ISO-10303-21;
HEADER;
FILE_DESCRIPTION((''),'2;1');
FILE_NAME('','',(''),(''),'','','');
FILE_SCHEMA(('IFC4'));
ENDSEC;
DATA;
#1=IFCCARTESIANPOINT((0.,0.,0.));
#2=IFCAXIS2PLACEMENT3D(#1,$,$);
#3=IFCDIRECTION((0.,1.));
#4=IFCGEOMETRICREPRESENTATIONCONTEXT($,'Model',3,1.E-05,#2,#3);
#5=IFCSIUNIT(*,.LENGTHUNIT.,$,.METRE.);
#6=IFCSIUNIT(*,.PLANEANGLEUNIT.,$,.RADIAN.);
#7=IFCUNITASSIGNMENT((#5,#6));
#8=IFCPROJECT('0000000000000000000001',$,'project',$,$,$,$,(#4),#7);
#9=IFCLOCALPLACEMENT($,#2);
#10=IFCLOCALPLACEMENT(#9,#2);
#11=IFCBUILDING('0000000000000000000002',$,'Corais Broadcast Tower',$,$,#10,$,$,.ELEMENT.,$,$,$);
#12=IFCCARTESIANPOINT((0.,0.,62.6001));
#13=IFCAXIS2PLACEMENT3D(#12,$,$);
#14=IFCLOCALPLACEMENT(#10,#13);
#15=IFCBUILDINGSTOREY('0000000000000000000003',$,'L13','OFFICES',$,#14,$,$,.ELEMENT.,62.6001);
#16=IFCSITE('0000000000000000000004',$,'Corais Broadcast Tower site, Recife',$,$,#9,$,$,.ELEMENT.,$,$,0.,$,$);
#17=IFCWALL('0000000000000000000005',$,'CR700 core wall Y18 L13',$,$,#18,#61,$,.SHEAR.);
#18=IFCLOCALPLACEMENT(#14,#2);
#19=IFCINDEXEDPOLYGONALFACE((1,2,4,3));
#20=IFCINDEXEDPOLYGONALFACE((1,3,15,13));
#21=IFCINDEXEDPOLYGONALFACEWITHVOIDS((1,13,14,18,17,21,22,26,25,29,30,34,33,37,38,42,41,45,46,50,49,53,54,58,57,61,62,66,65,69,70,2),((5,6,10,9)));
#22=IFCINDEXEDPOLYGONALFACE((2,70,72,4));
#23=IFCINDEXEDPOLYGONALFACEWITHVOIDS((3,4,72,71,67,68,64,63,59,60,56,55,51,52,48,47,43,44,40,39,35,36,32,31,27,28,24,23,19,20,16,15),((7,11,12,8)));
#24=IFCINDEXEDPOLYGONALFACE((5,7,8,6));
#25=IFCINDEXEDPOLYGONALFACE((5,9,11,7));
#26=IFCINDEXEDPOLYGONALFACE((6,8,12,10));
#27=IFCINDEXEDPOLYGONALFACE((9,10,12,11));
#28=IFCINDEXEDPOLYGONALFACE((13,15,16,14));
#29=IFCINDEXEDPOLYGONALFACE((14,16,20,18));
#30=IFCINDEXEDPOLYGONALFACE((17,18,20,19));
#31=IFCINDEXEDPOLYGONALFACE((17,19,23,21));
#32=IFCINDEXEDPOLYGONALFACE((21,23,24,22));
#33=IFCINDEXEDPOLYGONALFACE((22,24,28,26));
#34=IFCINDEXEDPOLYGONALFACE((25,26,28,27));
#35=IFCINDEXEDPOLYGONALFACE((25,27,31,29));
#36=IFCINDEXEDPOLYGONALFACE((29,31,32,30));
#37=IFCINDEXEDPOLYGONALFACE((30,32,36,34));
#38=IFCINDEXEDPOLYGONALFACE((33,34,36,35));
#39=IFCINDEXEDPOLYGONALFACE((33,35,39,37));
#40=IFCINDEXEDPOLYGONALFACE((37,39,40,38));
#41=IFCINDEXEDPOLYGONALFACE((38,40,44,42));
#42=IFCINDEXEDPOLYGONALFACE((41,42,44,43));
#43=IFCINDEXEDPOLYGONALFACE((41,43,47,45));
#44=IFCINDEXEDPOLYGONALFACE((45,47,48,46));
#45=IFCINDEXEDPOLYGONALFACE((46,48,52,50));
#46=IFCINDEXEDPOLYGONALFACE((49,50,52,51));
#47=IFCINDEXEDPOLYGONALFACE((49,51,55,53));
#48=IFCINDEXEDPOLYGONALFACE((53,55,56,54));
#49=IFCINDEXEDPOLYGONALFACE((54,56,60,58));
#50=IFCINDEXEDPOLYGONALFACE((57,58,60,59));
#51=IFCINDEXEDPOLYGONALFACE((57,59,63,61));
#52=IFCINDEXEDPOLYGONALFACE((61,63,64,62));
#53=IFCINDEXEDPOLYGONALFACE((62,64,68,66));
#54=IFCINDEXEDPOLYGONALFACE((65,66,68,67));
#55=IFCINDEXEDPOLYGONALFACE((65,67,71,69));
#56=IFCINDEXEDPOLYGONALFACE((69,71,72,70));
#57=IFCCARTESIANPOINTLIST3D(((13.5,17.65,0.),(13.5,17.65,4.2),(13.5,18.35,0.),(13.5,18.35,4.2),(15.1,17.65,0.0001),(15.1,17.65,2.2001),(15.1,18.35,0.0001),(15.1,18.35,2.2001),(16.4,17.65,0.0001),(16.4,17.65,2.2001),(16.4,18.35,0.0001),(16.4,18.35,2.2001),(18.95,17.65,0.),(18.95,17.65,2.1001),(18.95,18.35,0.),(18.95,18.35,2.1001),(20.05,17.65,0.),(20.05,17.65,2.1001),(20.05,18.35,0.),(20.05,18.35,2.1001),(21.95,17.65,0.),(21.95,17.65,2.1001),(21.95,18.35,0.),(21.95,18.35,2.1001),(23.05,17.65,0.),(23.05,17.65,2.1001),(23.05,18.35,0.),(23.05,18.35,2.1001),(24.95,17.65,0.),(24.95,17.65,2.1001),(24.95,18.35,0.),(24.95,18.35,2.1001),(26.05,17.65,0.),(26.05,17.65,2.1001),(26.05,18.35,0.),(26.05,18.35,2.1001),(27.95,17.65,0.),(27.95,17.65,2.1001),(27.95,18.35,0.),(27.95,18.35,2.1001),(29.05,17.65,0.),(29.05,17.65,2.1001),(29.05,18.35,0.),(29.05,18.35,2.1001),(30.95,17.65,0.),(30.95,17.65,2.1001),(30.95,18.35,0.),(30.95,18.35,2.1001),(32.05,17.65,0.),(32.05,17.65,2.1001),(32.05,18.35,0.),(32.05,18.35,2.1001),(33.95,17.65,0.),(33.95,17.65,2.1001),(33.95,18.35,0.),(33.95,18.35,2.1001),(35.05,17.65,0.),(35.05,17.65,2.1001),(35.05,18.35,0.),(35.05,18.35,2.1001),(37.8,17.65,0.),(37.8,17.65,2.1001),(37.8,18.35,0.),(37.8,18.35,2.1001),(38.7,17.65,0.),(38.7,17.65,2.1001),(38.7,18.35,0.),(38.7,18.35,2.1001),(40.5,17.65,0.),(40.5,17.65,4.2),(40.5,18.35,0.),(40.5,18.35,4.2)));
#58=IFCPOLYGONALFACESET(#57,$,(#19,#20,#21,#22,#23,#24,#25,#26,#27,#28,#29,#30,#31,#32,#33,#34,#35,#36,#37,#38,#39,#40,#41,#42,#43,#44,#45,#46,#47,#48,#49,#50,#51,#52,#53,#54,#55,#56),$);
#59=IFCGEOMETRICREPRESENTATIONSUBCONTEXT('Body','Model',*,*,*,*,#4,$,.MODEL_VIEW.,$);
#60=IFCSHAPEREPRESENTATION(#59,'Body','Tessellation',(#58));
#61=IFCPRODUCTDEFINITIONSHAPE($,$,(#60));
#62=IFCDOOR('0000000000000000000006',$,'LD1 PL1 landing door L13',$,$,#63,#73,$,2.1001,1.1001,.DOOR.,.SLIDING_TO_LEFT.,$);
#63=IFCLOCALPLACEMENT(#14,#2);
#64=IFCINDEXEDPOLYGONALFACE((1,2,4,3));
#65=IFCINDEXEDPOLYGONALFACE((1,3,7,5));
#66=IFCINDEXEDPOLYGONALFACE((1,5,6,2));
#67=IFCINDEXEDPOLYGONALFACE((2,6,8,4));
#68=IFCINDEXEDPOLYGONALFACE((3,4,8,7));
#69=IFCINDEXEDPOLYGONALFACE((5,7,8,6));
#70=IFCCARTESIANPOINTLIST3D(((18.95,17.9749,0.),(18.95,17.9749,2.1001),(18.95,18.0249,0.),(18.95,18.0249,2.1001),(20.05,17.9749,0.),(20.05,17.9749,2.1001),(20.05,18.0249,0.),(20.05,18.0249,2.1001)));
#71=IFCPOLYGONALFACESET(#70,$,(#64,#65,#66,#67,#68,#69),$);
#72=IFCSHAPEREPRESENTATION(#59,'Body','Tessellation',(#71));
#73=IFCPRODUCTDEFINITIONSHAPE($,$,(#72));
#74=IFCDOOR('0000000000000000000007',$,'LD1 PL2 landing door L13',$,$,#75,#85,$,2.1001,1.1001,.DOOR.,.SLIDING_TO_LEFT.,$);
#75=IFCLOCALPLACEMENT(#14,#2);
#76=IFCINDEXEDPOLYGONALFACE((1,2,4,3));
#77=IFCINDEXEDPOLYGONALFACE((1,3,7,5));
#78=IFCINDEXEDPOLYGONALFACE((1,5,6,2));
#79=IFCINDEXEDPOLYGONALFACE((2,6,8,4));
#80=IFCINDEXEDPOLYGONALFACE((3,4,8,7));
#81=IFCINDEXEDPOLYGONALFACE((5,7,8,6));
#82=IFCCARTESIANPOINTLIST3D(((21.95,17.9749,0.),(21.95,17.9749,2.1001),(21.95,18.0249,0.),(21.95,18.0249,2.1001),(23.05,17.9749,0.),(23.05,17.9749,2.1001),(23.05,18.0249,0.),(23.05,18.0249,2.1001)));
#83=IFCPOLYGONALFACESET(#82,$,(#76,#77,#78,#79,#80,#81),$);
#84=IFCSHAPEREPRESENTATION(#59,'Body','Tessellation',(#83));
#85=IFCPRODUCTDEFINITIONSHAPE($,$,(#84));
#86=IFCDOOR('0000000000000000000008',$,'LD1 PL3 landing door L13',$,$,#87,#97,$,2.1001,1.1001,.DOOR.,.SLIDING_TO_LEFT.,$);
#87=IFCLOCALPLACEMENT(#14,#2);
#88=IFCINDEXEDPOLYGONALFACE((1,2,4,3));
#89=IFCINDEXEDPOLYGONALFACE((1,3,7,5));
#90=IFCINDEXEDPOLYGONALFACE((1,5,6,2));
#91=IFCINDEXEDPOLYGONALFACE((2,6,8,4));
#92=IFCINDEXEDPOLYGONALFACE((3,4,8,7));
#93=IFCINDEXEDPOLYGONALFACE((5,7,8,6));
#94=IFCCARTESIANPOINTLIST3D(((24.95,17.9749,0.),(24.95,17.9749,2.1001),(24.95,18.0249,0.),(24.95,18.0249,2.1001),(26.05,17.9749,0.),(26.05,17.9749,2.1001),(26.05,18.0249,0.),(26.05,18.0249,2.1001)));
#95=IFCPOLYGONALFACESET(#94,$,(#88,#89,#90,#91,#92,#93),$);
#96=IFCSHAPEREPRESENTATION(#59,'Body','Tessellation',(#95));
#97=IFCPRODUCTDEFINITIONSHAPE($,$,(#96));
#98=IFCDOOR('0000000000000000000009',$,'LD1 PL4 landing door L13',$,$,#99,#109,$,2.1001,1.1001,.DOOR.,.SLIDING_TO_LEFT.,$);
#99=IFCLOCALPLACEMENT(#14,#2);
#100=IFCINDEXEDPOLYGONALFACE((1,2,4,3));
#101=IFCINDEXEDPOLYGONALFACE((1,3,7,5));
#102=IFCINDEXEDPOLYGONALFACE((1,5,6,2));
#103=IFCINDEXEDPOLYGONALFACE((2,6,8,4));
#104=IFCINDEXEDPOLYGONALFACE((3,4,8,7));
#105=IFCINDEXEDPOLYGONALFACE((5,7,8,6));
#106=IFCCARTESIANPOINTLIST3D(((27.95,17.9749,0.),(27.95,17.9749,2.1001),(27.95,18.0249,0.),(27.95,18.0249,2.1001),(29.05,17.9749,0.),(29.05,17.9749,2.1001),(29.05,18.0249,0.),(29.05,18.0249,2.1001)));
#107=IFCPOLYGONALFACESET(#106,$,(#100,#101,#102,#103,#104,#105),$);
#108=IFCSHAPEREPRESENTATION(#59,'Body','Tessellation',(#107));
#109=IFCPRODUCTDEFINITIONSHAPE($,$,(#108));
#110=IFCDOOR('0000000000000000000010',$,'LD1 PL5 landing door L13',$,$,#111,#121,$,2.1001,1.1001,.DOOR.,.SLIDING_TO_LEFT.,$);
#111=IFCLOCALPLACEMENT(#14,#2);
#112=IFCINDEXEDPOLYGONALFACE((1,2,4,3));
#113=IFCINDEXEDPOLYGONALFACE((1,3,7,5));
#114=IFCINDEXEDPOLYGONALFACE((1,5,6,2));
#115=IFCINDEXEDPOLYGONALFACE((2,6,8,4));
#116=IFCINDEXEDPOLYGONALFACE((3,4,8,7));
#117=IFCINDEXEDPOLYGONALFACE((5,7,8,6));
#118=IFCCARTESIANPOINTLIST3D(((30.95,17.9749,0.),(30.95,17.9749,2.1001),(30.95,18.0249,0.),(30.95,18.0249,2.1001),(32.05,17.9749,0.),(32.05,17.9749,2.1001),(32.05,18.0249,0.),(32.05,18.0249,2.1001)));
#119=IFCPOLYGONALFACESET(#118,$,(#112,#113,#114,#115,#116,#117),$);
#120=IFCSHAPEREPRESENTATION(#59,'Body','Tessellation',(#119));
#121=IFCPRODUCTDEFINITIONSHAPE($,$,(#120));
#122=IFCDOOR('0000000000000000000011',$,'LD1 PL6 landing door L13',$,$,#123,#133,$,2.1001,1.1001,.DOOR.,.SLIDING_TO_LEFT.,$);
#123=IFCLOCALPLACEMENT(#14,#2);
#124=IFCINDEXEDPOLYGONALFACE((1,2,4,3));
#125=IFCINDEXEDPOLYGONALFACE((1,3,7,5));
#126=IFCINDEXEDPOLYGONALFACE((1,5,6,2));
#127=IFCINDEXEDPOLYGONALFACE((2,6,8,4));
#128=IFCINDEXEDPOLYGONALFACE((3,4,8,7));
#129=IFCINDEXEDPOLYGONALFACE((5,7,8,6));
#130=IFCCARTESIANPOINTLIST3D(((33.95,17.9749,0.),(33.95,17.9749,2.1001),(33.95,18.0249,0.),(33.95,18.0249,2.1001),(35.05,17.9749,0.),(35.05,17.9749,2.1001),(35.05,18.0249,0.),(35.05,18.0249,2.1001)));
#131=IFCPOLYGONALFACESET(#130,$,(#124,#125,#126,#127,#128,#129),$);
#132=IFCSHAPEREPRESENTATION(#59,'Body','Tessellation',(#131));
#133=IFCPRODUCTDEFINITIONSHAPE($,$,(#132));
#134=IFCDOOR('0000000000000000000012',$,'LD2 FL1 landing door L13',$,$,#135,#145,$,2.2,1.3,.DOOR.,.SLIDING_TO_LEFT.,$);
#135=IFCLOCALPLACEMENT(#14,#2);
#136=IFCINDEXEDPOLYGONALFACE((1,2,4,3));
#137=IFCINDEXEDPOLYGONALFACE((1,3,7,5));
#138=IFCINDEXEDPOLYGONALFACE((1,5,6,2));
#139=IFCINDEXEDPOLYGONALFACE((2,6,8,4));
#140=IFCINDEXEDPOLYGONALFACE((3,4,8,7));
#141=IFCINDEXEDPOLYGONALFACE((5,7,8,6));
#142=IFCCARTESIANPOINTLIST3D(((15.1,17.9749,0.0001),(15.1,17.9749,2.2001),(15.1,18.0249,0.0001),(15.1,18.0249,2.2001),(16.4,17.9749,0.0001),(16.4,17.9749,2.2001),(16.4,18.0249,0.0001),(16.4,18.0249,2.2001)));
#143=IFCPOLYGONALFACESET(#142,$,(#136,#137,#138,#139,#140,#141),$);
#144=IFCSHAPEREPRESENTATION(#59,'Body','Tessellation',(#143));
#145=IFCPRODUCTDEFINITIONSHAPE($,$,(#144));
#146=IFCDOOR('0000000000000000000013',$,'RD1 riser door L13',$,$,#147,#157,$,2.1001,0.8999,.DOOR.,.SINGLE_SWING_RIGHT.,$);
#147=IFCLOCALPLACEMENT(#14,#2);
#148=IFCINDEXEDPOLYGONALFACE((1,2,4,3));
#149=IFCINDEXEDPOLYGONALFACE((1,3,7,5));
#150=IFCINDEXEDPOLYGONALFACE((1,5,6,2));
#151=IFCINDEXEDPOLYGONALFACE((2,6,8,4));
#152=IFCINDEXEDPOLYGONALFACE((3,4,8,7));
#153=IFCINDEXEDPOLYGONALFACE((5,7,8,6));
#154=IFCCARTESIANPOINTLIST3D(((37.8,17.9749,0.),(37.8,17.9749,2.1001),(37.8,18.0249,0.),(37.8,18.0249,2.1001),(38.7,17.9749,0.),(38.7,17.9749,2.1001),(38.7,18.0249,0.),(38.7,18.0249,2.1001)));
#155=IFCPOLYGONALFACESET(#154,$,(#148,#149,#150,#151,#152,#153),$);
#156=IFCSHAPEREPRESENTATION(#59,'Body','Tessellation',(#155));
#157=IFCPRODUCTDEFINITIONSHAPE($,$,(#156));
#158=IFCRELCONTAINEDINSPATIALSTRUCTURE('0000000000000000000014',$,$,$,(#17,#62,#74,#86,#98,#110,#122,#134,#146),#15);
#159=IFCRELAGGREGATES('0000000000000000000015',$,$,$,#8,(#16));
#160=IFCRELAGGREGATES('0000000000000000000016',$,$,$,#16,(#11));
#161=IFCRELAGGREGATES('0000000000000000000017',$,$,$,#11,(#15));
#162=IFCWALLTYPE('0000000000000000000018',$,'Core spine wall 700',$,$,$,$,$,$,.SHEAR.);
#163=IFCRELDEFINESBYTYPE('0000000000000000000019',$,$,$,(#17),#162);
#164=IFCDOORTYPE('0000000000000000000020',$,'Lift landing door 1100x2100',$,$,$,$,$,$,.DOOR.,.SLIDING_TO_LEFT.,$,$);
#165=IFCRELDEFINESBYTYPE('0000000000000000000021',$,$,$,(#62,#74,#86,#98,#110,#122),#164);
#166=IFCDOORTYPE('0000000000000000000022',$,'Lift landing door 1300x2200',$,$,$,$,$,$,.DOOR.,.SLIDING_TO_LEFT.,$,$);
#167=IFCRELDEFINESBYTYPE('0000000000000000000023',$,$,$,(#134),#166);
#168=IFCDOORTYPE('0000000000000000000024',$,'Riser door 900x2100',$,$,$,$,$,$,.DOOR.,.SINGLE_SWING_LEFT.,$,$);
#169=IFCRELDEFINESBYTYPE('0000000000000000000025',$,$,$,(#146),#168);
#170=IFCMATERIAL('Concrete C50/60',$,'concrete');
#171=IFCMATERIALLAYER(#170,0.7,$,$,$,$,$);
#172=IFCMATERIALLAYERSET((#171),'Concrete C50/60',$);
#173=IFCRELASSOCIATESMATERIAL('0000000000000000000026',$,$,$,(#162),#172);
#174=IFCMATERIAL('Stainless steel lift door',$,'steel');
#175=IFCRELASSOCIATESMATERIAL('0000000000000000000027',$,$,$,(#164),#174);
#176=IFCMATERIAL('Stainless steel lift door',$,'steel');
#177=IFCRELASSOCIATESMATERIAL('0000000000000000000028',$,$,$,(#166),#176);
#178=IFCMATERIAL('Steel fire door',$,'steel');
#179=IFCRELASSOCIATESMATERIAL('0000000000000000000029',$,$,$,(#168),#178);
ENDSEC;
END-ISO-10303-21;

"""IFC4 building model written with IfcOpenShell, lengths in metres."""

from ifc_helpers import new_model, si_unit, direction, frame, frame_2d, origin, place, context, subcontext, project, spatial, rectangle, extrude, material, layer, layer_set, type_object, element, fill, save


model = new_model("IFC4")

# Units and contexts
model_context = context("Model", 3, precision=1e-05, world=origin(), true_north=direction((0.0, 1.0)))
body_context = subcontext(model_context, "Body", "Model", "MODEL_VIEW")
ifc_project = project(units=[si_unit("LENGTHUNIT", "METRE"), si_unit("PLANEANGLEUNIT", "RADIAN")], contexts=[model_context])

# Site, building, storey
site_placement = place(None, origin())
site = spatial("IfcSite", under=ifc_project, at=site_placement, Name="Corais Broadcast Tower site, Recife", CompositionType="ELEMENT", RefElevation=0.0)
building_placement = place(site_placement, origin())
building = spatial("IfcBuilding", under=site, at=building_placement, Name="Corais Broadcast Tower", CompositionType="ELEMENT")
storey_placement = place(building_placement, frame((0.0, 0.0, 62.6001)))
storey = spatial("IfcBuildingStorey", under=building, at=storey_placement, Name="L13", Description="OFFICES", CompositionType="ELEMENT", Elevation=62.6001)

# Wall, openings, doors
ifc_material_1 = material(Name="Concrete C50/60", Category="concrete")
ifc_layer_1 = layer(ifc_material_1, 0.7)
ifc_layer_set_1 = layer_set([ifc_layer_1], Name="Concrete C50/60")
wall_type_1 = type_object("IfcWallType", Name="Core spine wall 700", PredefinedType="SHEAR", material=ifc_layer_set_1)
wall_1_placement = place(storey_placement, frame((13.5, 18.0, 0.0), z_axis=(0.0, 0.0, 1.0), x_axis=(1.0, 0.0, 0.0)))
wall_1 = element("IfcWall", 1, at=wall_1_placement, inside=storey, type_object=wall_type_1, Name="CR700 core wall Y18 L13", PredefinedType="SHEAR", context=body_context, shape_type="SweptSolid", body=[
    extrude(rectangle(XDim=27.0, YDim=0.7, at=frame_2d((13.5, 0.0))), origin(), (0.0, 0.0, 1.0), 4.2),
])
opening_1_placement = place(wall_1_placement, frame((24.3, 0.0, 0.0)))
opening_1 = element("IfcOpeningElement", 2, at=opening_1_placement, cuts=wall_1, PredefinedType="OPENING", context=body_context, shape_type="SweptSolid", body=[
    extrude(rectangle(XDim=0.8999, YDim=2.1001, at=frame_2d((0.45, 1.05))), frame((0.0, 0.3599, 0.0), z_axis=(0.0, -1.0, 0.0), x_axis=(1.0, 0.0, 0.0)), (0.0, 0.0, 1.0), 0.72),
])
opening_2_placement = place(wall_1_placement, frame((5.45, 0.0, 0.0)))
opening_2 = element("IfcOpeningElement", 3, at=opening_2_placement, cuts=wall_1, PredefinedType="OPENING", context=body_context, shape_type="SweptSolid", body=[
    extrude(rectangle(XDim=1.1001, YDim=2.1001, at=frame_2d((0.55, 1.05))), frame((0.0, 0.3599, 0.0), z_axis=(0.0, -1.0, 0.0), x_axis=(1.0, 0.0, 0.0)), (0.0, 0.0, 1.0), 0.72),
])
opening_3_placement = place(wall_1_placement, frame((8.45, 0.0, 0.0)))
opening_3 = element("IfcOpeningElement", 4, at=opening_3_placement, cuts=wall_1, PredefinedType="OPENING", context=body_context, shape_type="SweptSolid", body=[
    extrude(rectangle(XDim=1.1001, YDim=2.1001, at=frame_2d((0.55, 1.05))), frame((0.0, 0.3599, 0.0), z_axis=(0.0, -1.0, 0.0), x_axis=(1.0, 0.0, 0.0)), (0.0, 0.0, 1.0), 0.72),
])
opening_4_placement = place(wall_1_placement, frame((11.45, 0.0, 0.0)))
opening_4 = element("IfcOpeningElement", 5, at=opening_4_placement, cuts=wall_1, PredefinedType="OPENING", context=body_context, shape_type="SweptSolid", body=[
    extrude(rectangle(XDim=1.1001, YDim=2.1001, at=frame_2d((0.55, 1.05))), frame((0.0, 0.3599, 0.0), z_axis=(0.0, -1.0, 0.0), x_axis=(1.0, 0.0, 0.0)), (0.0, 0.0, 1.0), 0.72),
])
opening_5_placement = place(wall_1_placement, frame((14.45, 0.0, 0.0)))
opening_5 = element("IfcOpeningElement", 6, at=opening_5_placement, cuts=wall_1, PredefinedType="OPENING", context=body_context, shape_type="SweptSolid", body=[
    extrude(rectangle(XDim=1.1001, YDim=2.1001, at=frame_2d((0.55, 1.05))), frame((0.0, 0.3599, 0.0), z_axis=(0.0, -1.0, 0.0), x_axis=(1.0, 0.0, 0.0)), (0.0, 0.0, 1.0), 0.72),
])
opening_6_placement = place(wall_1_placement, frame((17.45, 0.0, 0.0)))
opening_6 = element("IfcOpeningElement", 7, at=opening_6_placement, cuts=wall_1, PredefinedType="OPENING", context=body_context, shape_type="SweptSolid", body=[
    extrude(rectangle(XDim=1.1001, YDim=2.1001, at=frame_2d((0.55, 1.05))), frame((0.0, 0.3599, 0.0), z_axis=(0.0, -1.0, 0.0), x_axis=(1.0, 0.0, 0.0)), (0.0, 0.0, 1.0), 0.72),
])
opening_7_placement = place(wall_1_placement, frame((20.45, 0.0, 0.0)))
opening_7 = element("IfcOpeningElement", 8, at=opening_7_placement, cuts=wall_1, PredefinedType="OPENING", context=body_context, shape_type="SweptSolid", body=[
    extrude(rectangle(XDim=1.1001, YDim=2.1001, at=frame_2d((0.55, 1.05))), frame((0.0, 0.3599, 0.0), z_axis=(0.0, -1.0, 0.0), x_axis=(1.0, 0.0, 0.0)), (0.0, 0.0, 1.0), 0.72),
])
opening_8_placement = place(wall_1_placement, frame((1.6001, 0.0, 0.0)))
opening_8 = element("IfcOpeningElement", 9, at=opening_8_placement, cuts=wall_1, PredefinedType="OPENING", context=body_context, shape_type="SweptSolid", body=[
    extrude(rectangle(XDim=1.3, YDim=2.2, at=frame_2d((0.6499, 1.1001))), frame((0.0, 0.3599, 0.0), z_axis=(0.0, -1.0, 0.0), x_axis=(1.0, 0.0, 0.0)), (0.0, 0.0, 1.0), 0.72),
])
ifc_material_2 = material(Name="Stainless steel lift door", Category="steel")
door_type_1 = type_object("IfcDoorType", Name="Lift landing door 1100x2100", OperationType="SLIDING_TO_LEFT", PredefinedType="DOOR", material=ifc_material_2)
door_1_placement = place(opening_2_placement, origin())
door_1 = element("IfcDoor", 10, at=door_1_placement, inside=storey, type_object=door_type_1, Name="LD1 PL1 landing door L13", OperationType="SLIDING_TO_LEFT", OverallHeight=2.1001, OverallWidth=1.1001, PredefinedType="DOOR", context=body_context, shape_type="SweptSolid", body=[
    extrude(rectangle(XDim=1.1001, YDim=2.1001, at=frame_2d((0.55, 1.05))), frame((0.0, 0.0249, 0.0), z_axis=(0.0, -1.0, 0.0), x_axis=(1.0, 0.0, 0.0)), (0.0, 0.0, 1.0), 0.05),
])
fill(opening_2, door_1)
door_2_placement = place(opening_3_placement, origin())
door_2 = element("IfcDoor", 11, at=door_2_placement, inside=storey, type_object=door_type_1, Name="LD1 PL2 landing door L13", OperationType="SLIDING_TO_LEFT", OverallHeight=2.1001, OverallWidth=1.1001, PredefinedType="DOOR", context=body_context, shape_type="SweptSolid", body=[
    extrude(rectangle(XDim=1.1001, YDim=2.1001, at=frame_2d((0.55, 1.05))), frame((0.0, 0.0249, 0.0), z_axis=(0.0, -1.0, 0.0), x_axis=(1.0, 0.0, 0.0)), (0.0, 0.0, 1.0), 0.05),
])
fill(opening_3, door_2)
door_3_placement = place(opening_4_placement, origin())
door_3 = element("IfcDoor", 12, at=door_3_placement, inside=storey, type_object=door_type_1, Name="LD1 PL3 landing door L13", OperationType="SLIDING_TO_LEFT", OverallHeight=2.1001, OverallWidth=1.1001, PredefinedType="DOOR", context=body_context, shape_type="SweptSolid", body=[
    extrude(rectangle(XDim=1.1001, YDim=2.1001, at=frame_2d((0.55, 1.05))), frame((0.0, 0.0249, 0.0), z_axis=(0.0, -1.0, 0.0), x_axis=(1.0, 0.0, 0.0)), (0.0, 0.0, 1.0), 0.05),
])
fill(opening_4, door_3)
door_4_placement = place(opening_5_placement, origin())
door_4 = element("IfcDoor", 13, at=door_4_placement, inside=storey, type_object=door_type_1, Name="LD1 PL4 landing door L13", OperationType="SLIDING_TO_LEFT", OverallHeight=2.1001, OverallWidth=1.1001, PredefinedType="DOOR", context=body_context, shape_type="SweptSolid", body=[
    extrude(rectangle(XDim=1.1001, YDim=2.1001, at=frame_2d((0.55, 1.05))), frame((0.0, 0.0249, 0.0), z_axis=(0.0, -1.0, 0.0), x_axis=(1.0, 0.0, 0.0)), (0.0, 0.0, 1.0), 0.05),
])
fill(opening_5, door_4)
door_5_placement = place(opening_6_placement, origin())
door_5 = element("IfcDoor", 14, at=door_5_placement, inside=storey, type_object=door_type_1, Name="LD1 PL5 landing door L13", OperationType="SLIDING_TO_LEFT", OverallHeight=2.1001, OverallWidth=1.1001, PredefinedType="DOOR", context=body_context, shape_type="SweptSolid", body=[
    extrude(rectangle(XDim=1.1001, YDim=2.1001, at=frame_2d((0.55, 1.05))), frame((0.0, 0.0249, 0.0), z_axis=(0.0, -1.0, 0.0), x_axis=(1.0, 0.0, 0.0)), (0.0, 0.0, 1.0), 0.05),
])
fill(opening_6, door_5)
door_6_placement = place(opening_7_placement, origin())
door_6 = element("IfcDoor", 15, at=door_6_placement, inside=storey, type_object=door_type_1, Name="LD1 PL6 landing door L13", OperationType="SLIDING_TO_LEFT", OverallHeight=2.1001, OverallWidth=1.1001, PredefinedType="DOOR", context=body_context, shape_type="SweptSolid", body=[
    extrude(rectangle(XDim=1.1001, YDim=2.1001, at=frame_2d((0.55, 1.05))), frame((0.0, 0.0249, 0.0), z_axis=(0.0, -1.0, 0.0), x_axis=(1.0, 0.0, 0.0)), (0.0, 0.0, 1.0), 0.05),
])
fill(opening_7, door_6)
ifc_material_3 = material(Name="Stainless steel lift door", Category="steel")
door_type_2 = type_object("IfcDoorType", Name="Lift landing door 1300x2200", OperationType="SLIDING_TO_LEFT", PredefinedType="DOOR", material=ifc_material_3)
door_7_placement = place(opening_8_placement, origin())
door_7 = element("IfcDoor", 16, at=door_7_placement, inside=storey, type_object=door_type_2, Name="LD2 FL1 landing door L13", OperationType="SLIDING_TO_LEFT", OverallHeight=2.2, OverallWidth=1.3, PredefinedType="DOOR", context=body_context, shape_type="SweptSolid", body=[
    extrude(rectangle(XDim=1.3, YDim=2.2, at=frame_2d((0.6499, 1.1001))), frame((0.0, 0.0249, 0.0), z_axis=(0.0, -1.0, 0.0), x_axis=(1.0, 0.0, 0.0)), (0.0, 0.0, 1.0), 0.05),
])
fill(opening_8, door_7)
ifc_material_4 = material(Name="Steel fire door", Category="steel")
door_type_3 = type_object("IfcDoorType", Name="Riser door 900x2100", OperationType="SINGLE_SWING_LEFT", PredefinedType="DOOR", material=ifc_material_4)
door_8_placement = place(opening_1_placement, origin())
door_8 = element("IfcDoor", 17, at=door_8_placement, inside=storey, type_object=door_type_3, Name="RD1 riser door L13", OperationType="SINGLE_SWING_RIGHT", OverallHeight=2.1001, OverallWidth=0.8999, PredefinedType="DOOR", context=body_context, shape_type="SweptSolid", body=[
    extrude(rectangle(XDim=0.8999, YDim=2.1001, at=frame_2d((0.45, 1.05))), frame((0.0, 0.0249, 0.0), z_axis=(0.0, -1.0, 0.0), x_axis=(1.0, 0.0, 0.0)), (0.0, 0.0, 1.0), 0.05),
])
fill(opening_1, door_8)

save(model, "model.ifc")
